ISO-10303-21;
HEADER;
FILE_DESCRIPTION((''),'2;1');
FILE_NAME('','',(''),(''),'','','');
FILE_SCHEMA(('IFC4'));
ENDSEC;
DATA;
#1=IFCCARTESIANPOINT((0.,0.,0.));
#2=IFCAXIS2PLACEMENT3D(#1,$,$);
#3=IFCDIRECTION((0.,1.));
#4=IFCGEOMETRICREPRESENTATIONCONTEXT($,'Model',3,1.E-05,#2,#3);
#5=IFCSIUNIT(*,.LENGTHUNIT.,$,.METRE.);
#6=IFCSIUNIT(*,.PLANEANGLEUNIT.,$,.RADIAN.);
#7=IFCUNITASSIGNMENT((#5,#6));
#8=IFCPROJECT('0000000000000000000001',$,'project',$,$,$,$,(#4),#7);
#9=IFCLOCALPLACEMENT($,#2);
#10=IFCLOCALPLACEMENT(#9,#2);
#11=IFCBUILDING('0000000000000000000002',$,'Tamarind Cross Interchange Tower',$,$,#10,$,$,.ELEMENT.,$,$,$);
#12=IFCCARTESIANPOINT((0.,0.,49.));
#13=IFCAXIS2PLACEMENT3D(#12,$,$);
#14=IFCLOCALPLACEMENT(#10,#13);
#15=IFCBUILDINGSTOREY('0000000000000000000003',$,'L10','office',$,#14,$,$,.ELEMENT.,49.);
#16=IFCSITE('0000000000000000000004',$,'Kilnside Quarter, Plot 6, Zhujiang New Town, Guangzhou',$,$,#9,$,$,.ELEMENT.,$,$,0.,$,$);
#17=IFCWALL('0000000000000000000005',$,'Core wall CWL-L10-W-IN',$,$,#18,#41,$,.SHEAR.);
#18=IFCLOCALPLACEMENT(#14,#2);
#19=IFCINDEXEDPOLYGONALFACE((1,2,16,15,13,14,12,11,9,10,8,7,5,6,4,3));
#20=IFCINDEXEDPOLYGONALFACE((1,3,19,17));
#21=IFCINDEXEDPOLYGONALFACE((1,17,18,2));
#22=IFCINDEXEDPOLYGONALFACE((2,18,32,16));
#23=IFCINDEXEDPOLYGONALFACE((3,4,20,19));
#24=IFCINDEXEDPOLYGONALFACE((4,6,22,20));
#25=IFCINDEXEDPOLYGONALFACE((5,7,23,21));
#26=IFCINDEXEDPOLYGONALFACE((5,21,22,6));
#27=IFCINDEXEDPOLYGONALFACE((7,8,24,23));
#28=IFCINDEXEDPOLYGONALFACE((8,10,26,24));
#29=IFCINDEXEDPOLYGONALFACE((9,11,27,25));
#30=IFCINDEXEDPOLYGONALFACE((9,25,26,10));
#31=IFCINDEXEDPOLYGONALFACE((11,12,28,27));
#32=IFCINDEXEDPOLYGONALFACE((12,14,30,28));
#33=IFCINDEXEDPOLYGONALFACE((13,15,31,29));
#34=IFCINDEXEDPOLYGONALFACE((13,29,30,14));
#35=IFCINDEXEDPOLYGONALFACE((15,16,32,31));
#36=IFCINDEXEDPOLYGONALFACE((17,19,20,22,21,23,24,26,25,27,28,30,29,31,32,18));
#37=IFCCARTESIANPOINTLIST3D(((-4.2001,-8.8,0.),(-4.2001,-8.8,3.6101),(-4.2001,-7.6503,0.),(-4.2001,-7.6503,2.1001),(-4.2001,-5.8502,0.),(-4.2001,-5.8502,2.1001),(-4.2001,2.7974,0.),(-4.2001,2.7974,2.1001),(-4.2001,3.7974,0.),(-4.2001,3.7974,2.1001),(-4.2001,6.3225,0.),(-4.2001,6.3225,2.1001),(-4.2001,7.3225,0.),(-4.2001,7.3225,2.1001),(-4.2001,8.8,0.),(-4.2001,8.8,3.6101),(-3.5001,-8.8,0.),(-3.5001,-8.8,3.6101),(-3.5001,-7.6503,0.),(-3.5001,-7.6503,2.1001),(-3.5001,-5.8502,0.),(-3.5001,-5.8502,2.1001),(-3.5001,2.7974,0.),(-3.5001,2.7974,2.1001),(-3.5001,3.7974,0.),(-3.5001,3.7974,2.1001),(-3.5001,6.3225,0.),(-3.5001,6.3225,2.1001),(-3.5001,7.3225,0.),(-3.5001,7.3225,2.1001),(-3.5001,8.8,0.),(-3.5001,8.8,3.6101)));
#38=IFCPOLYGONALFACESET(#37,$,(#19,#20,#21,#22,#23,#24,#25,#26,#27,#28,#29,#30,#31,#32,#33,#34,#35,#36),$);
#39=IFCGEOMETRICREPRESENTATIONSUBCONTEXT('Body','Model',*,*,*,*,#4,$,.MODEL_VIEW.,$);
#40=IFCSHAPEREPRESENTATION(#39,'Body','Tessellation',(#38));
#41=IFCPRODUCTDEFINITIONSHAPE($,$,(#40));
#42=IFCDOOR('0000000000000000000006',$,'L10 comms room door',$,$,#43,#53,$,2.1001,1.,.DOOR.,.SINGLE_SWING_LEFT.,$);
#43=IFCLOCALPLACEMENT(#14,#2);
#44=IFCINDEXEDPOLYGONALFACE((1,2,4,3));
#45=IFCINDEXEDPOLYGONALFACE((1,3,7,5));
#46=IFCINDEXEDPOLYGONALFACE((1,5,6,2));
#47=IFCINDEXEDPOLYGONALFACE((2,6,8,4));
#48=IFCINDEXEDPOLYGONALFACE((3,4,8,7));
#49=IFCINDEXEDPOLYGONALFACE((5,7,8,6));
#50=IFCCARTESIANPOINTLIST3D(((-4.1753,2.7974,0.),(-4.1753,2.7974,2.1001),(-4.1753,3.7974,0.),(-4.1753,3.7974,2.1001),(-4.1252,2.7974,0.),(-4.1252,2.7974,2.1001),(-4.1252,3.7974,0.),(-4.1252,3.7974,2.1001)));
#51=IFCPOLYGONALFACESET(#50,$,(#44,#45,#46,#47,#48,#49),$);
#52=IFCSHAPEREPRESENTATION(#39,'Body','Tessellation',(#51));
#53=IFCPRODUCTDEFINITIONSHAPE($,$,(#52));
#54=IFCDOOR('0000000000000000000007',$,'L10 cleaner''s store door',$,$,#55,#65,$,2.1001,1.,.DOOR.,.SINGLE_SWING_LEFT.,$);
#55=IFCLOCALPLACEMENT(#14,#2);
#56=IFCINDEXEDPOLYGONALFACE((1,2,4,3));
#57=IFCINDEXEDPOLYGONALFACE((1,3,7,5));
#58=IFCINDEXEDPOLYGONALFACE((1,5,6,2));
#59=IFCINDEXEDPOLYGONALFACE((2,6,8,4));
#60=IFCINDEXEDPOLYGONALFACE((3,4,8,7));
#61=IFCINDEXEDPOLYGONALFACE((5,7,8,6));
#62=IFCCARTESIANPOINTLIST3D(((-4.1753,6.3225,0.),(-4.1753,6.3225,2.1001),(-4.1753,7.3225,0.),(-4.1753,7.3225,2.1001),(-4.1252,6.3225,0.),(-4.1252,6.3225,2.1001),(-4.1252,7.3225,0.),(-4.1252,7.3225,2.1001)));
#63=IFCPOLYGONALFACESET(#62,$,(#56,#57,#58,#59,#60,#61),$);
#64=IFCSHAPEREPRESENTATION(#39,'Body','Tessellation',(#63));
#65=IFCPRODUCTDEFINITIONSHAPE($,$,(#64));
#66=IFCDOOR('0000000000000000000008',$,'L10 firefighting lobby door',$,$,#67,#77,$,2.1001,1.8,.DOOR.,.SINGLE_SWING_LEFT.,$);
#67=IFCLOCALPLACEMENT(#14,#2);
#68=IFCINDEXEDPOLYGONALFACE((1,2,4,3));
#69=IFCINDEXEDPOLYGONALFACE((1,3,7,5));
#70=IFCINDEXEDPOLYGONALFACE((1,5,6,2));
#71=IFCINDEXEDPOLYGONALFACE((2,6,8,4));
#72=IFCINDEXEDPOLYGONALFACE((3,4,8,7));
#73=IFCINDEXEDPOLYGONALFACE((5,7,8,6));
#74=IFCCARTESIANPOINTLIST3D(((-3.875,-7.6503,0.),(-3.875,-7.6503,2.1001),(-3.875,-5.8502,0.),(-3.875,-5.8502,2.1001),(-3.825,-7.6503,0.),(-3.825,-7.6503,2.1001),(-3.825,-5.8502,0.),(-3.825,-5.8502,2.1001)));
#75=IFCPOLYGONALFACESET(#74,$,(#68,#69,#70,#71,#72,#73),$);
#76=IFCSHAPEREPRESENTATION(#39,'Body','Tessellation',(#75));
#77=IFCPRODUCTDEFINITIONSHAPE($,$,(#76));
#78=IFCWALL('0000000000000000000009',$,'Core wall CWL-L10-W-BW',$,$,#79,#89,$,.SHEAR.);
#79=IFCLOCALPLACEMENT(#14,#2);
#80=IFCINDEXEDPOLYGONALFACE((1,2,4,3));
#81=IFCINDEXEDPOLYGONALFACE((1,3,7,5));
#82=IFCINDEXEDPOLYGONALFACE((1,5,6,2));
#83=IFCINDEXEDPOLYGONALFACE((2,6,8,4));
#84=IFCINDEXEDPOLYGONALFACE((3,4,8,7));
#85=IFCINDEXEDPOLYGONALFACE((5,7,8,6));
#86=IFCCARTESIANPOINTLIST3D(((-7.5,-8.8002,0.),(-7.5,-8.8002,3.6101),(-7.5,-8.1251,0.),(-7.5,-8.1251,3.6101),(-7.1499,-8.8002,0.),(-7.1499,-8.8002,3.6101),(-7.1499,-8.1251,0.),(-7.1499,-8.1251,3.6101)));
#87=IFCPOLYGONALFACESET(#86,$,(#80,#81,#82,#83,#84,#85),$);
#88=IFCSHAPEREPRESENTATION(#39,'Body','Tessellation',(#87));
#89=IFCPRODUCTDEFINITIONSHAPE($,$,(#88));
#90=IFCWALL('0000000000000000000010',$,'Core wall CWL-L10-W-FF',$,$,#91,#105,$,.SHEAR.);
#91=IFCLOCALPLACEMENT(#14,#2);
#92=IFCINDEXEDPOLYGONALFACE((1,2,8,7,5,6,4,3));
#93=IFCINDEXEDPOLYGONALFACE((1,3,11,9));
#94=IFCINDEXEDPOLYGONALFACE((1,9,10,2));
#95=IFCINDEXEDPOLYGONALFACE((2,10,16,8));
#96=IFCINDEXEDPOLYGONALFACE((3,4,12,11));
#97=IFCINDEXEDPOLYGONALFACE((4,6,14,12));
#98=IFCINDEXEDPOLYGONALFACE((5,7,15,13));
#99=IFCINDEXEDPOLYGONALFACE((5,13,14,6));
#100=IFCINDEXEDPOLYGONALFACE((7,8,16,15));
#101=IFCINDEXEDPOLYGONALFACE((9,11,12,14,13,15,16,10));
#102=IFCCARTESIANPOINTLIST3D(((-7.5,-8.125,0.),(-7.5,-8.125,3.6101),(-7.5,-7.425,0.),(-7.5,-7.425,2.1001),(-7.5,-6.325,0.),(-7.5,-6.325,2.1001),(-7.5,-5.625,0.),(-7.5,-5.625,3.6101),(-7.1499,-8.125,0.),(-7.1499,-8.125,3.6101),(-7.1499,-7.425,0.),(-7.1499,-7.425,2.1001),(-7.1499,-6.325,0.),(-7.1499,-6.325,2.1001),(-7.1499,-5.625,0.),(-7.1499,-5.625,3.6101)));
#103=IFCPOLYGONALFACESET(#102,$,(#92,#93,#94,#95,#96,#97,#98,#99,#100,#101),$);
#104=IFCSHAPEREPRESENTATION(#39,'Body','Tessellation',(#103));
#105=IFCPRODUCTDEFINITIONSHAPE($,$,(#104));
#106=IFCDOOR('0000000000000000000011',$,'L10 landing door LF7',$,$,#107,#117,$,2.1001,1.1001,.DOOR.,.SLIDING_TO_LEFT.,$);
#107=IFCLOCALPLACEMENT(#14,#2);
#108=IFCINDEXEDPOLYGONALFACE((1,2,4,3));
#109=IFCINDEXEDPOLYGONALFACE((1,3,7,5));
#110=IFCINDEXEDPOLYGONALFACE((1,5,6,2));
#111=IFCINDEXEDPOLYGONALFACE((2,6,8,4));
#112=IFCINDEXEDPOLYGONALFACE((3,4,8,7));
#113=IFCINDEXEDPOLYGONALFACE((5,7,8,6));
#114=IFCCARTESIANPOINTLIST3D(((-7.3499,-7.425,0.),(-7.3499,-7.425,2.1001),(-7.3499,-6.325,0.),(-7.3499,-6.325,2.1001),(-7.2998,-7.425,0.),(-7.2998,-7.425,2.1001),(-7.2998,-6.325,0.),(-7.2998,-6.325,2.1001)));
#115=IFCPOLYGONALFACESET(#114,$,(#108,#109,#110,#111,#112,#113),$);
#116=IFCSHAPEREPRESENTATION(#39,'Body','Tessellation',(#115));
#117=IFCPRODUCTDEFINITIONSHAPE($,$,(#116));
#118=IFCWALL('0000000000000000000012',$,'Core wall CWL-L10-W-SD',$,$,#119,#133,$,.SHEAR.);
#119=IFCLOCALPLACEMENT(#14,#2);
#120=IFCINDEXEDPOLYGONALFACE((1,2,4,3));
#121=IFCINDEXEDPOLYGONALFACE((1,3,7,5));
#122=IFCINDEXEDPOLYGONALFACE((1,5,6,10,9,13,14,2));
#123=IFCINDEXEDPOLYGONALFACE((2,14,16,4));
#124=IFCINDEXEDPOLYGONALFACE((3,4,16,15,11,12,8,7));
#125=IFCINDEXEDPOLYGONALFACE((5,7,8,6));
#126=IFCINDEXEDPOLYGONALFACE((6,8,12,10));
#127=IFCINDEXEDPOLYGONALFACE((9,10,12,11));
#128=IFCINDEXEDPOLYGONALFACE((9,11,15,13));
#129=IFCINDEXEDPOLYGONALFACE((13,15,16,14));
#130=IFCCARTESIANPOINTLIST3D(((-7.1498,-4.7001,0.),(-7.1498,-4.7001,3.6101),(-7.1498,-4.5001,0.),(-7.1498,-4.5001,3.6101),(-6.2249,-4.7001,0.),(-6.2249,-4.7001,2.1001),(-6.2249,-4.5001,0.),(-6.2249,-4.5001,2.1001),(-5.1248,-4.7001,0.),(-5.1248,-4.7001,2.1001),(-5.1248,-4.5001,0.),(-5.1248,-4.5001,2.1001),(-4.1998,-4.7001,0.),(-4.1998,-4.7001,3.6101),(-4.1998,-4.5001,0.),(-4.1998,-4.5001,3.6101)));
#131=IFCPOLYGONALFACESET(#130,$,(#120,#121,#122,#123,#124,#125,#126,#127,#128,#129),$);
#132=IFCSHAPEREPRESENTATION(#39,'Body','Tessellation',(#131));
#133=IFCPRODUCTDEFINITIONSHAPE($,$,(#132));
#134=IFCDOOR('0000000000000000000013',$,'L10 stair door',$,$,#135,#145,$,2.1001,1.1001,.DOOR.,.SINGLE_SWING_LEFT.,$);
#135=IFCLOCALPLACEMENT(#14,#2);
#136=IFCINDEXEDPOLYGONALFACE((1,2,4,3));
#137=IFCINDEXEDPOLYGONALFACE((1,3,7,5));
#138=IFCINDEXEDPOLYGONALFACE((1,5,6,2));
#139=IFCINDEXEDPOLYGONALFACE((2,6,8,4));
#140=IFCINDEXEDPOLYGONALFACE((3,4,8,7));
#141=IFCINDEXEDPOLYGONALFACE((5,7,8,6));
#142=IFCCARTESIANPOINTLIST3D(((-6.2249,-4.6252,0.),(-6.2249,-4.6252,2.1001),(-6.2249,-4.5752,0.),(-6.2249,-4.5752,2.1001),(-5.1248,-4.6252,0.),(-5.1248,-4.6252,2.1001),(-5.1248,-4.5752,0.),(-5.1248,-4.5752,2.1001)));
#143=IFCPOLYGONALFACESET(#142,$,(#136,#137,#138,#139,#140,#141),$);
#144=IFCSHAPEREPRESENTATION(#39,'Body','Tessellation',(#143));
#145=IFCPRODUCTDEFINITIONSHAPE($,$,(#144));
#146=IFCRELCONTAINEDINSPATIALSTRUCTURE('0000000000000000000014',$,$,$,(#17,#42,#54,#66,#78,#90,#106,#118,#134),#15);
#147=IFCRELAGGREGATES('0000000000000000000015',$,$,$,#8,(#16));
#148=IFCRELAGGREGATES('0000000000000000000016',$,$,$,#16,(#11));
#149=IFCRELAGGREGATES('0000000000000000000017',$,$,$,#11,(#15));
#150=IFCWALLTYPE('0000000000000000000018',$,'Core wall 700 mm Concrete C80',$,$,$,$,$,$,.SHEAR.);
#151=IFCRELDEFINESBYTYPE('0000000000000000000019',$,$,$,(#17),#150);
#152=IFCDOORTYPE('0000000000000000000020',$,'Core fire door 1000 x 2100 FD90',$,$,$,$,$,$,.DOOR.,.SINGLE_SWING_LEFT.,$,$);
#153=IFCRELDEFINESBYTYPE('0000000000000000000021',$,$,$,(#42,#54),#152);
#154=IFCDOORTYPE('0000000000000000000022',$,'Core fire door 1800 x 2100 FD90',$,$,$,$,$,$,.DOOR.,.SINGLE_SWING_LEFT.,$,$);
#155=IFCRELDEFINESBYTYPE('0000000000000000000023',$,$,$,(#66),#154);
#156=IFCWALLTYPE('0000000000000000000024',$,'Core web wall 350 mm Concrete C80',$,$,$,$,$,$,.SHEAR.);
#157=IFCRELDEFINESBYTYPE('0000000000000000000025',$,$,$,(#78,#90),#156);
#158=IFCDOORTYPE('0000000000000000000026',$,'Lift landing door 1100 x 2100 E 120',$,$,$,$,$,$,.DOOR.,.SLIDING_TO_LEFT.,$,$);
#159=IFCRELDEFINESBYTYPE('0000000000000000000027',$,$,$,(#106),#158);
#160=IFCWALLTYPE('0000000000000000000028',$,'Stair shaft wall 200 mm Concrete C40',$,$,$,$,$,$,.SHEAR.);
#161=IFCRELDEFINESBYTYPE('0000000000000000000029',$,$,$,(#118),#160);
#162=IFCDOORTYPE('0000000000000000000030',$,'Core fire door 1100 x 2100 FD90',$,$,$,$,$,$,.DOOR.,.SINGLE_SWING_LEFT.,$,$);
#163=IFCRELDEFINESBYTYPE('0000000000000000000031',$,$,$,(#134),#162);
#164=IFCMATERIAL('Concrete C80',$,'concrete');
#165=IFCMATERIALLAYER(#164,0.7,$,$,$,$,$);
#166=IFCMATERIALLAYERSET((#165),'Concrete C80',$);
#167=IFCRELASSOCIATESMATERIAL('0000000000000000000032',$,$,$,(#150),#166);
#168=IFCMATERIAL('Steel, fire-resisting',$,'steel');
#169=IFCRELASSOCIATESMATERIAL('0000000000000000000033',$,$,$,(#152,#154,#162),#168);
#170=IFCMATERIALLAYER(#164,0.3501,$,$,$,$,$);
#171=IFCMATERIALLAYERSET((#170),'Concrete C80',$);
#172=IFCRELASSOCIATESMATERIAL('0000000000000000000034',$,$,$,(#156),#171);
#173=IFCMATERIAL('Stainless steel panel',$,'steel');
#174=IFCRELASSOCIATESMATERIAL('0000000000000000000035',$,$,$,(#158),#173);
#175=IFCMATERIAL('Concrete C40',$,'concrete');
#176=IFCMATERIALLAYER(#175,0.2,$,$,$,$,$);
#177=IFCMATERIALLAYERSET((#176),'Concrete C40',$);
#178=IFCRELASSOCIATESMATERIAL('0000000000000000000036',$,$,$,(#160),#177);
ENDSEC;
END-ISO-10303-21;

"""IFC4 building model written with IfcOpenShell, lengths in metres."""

from ifc_helpers import new_model, si_unit, direction, frame, frame_2d, origin, place, context, subcontext, project, spatial, rectangle, extrude, material, layer, layer_set, type_object, element, fill, save


model = new_model("IFC4")

# Units and contexts
model_context = context("Model", 3, precision=1e-05, world=origin(), true_north=direction((0.0, 1.0)))
body_context = subcontext(model_context, "Body", "Model", "MODEL_VIEW")
ifc_project = project(units=[si_unit("LENGTHUNIT", "METRE"), si_unit("PLANEANGLEUNIT", "RADIAN")], contexts=[model_context])

# Site, building, storey
site_placement = place(None, origin())
site = spatial("IfcSite", under=ifc_project, at=site_placement, Name="Kilnside Quarter, Plot 6, Zhujiang New Town, Guangzhou", CompositionType="ELEMENT", RefElevation=0.0)
building_placement = place(site_placement, origin())
building = spatial("IfcBuilding", under=site, at=building_placement, Name="Tamarind Cross Interchange Tower", CompositionType="ELEMENT")
storey_placement = place(building_placement, frame((0.0, 0.0, 49.0)))
storey = spatial("IfcBuildingStorey", under=building, at=storey_placement, Name="L10", Description="office", CompositionType="ELEMENT", Elevation=49.0)

# Wall, openings, doors
ifc_material_1 = material(Name="Concrete C80", Category="concrete")
ifc_layer_1 = layer(ifc_material_1, 0.7)
ifc_layer_set_1 = layer_set([ifc_layer_1], Name="Concrete C80")
wall_type_1 = type_object("IfcWallType", Name="Core wall 700 mm Concrete C80", PredefinedType="SHEAR", material=ifc_layer_set_1)
wall_1_placement = place(storey_placement, frame((-3.8501, -8.8, 0.0), z_axis=(0.0, 0.0, 1.0), x_axis=(0.0, 1.0, 0.0)))
wall_1 = element("IfcWall", 1, at=wall_1_placement, inside=storey, type_object=wall_type_1, Name="Core wall CWL-L10-W-IN", PredefinedType="SHEAR", context=body_context, shape_type="SweptSolid", body=[
    extrude(rectangle(XDim=17.6001, YDim=0.7, at=frame_2d((8.8, 0.0))), origin(), (0.0, 0.0, 1.0), 3.6101),
])
opening_1_placement = place(wall_1_placement, frame((1.1499, 0.0, 0.0)))
opening_1 = element("IfcOpeningElement", 2, at=opening_1_placement, cuts=wall_1, PredefinedType="OPENING", context=body_context, shape_type="SweptSolid", body=[
    extrude(rectangle(XDim=1.8, YDim=2.1001, at=frame_2d((0.8999, 1.05))), frame((0.0, 0.3599, 0.0), z_axis=(0.0, -1.0, 0.0), x_axis=(1.0, 0.0, 0.0)), (0.0, 0.0, 1.0), 0.72),
])
opening_2_placement = place(wall_1_placement, frame((11.5974, 0.0, 0.0)))
opening_2 = element("IfcOpeningElement", 3, at=opening_2_placement, cuts=wall_1, PredefinedType="OPENING", context=body_context, shape_type="SweptSolid", body=[
    extrude(rectangle(XDim=1.0, YDim=2.1001, at=frame_2d((0.5, 1.05))), frame((0.0, 0.3599, 0.0), z_axis=(0.0, -1.0, 0.0), x_axis=(1.0, 0.0, 0.0)), (0.0, 0.0, 1.0), 0.72),
])
opening_3_placement = place(wall_1_placement, frame((15.1226, 0.0, 0.0)))
opening_3 = element("IfcOpeningElement", 4, at=opening_3_placement, cuts=wall_1, PredefinedType="OPENING", context=body_context, shape_type="SweptSolid", body=[
    extrude(rectangle(XDim=1.0, YDim=2.1001, at=frame_2d((0.5, 1.05))), frame((0.0, 0.3599, 0.0), z_axis=(0.0, -1.0, 0.0), x_axis=(1.0, 0.0, 0.0)), (0.0, 0.0, 1.0), 0.72),
])
ifc_material_2 = material(Name="Steel, fire-resisting", Category="steel")
door_type_1 = type_object("IfcDoorType", Name="Core fire door 1000 x 2100 FD90", OperationType="SINGLE_SWING_LEFT", PredefinedType="DOOR", material=ifc_material_2)
door_1_placement = place(opening_2_placement, origin())
door_1 = element("IfcDoor", 5, at=door_1_placement, inside=storey, type_object=door_type_1, Name="L10 comms room door", OperationType="SINGLE_SWING_LEFT", OverallHeight=2.1001, OverallWidth=1.0, PredefinedType="DOOR", context=body_context, shape_type="SweptSolid", body=[
    extrude(rectangle(XDim=1.0, YDim=2.1001, at=frame_2d((0.5, 1.05))), frame((0.0, 0.3252, 0.0), z_axis=(0.0, -1.0, 0.0), x_axis=(1.0, 0.0, 0.0)), (0.0, 0.0, 1.0), 0.05),
])
fill(opening_2, door_1)
door_2_placement = place(opening_3_placement, origin())
door_2 = element("IfcDoor", 6, at=door_2_placement, inside=storey, type_object=door_type_1, Name="L10 cleaner's store door", OperationType="SINGLE_SWING_LEFT", OverallHeight=2.1001, OverallWidth=1.0, PredefinedType="DOOR", context=body_context, shape_type="SweptSolid", body=[
    extrude(rectangle(XDim=1.0, YDim=2.1001, at=frame_2d((0.5, 1.05))), frame((0.0, 0.3252, 0.0), z_axis=(0.0, -1.0, 0.0), x_axis=(1.0, 0.0, 0.0)), (0.0, 0.0, 1.0), 0.05),
])
fill(opening_3, door_2)
door_type_2 = type_object("IfcDoorType", Name="Core fire door 1800 x 2100 FD90", OperationType="SINGLE_SWING_LEFT", PredefinedType="DOOR", material=ifc_material_2)
door_3_placement = place(opening_1_placement, origin())
door_3 = element("IfcDoor", 7, at=door_3_placement, inside=storey, type_object=door_type_2, Name="L10 firefighting lobby door", OperationType="SINGLE_SWING_LEFT", OverallHeight=2.1001, OverallWidth=1.8, PredefinedType="DOOR", context=body_context, shape_type="SweptSolid", body=[
    extrude(rectangle(XDim=1.8, YDim=2.1001, at=frame_2d((0.8999, 1.05))), frame((0.0, 0.0249, 0.0), z_axis=(0.0, -1.0, 0.0), x_axis=(1.0, 0.0, 0.0)), (0.0, 0.0, 1.0), 0.05),
])
fill(opening_1, door_3)

# Wall
ifc_layer_2 = layer(ifc_material_1, 0.3501)
ifc_layer_set_2 = layer_set([ifc_layer_2], Name="Concrete C80")
wall_type_2 = type_object("IfcWallType", Name="Core web wall 350 mm Concrete C80", PredefinedType="SHEAR", material=ifc_layer_set_2)
wall_2_placement = place(storey_placement, frame((-7.325, -8.8, 0.0), z_axis=(0.0, 0.0, 1.0), x_axis=(0.0, 1.0, 0.0)))
element("IfcWall", 8, at=wall_2_placement, inside=storey, type_object=wall_type_2, Name="Core wall CWL-L10-W-BW", PredefinedType="SHEAR", context=body_context, shape_type="SweptSolid", body=[
    extrude(rectangle(XDim=0.675, YDim=0.3501, at=frame_2d((0.3374, 0.0))), origin(), (0.0, 0.0, 1.0), 3.6101),
])

# Walls, openings, doors
wall_3_placement = place(storey_placement, frame((-7.325, -8.125, 0.0), z_axis=(0.0, 0.0, 1.0), x_axis=(0.0, 1.0, 0.0)))
wall_3 = element("IfcWall", 9, at=wall_3_placement, inside=storey, type_object=wall_type_2, Name="Core wall CWL-L10-W-FF", PredefinedType="SHEAR", context=body_context, shape_type="SweptSolid", body=[
    extrude(rectangle(XDim=2.5, YDim=0.3501, at=frame_2d((1.25, 0.0))), origin(), (0.0, 0.0, 1.0), 3.6101),
])
opening_4_placement = place(wall_3_placement, frame((0.7, 0.0, 0.0)))
opening_4 = element("IfcOpeningElement", 10, at=opening_4_placement, cuts=wall_3, PredefinedType="OPENING", context=body_context, shape_type="SweptSolid", body=[
    extrude(rectangle(XDim=1.1001, YDim=2.1001, at=frame_2d((0.55, 1.05))), frame((0.0, 0.1851, 0.0), z_axis=(0.0, -1.0, 0.0), x_axis=(1.0, 0.0, 0.0)), (0.0, 0.0, 1.0), 0.3701),
])
ifc_material_3 = material(Name="Stainless steel panel", Category="steel")
door_type_3 = type_object("IfcDoorType", Name="Lift landing door 1100 x 2100 E 120", OperationType="SLIDING_TO_LEFT", PredefinedType="DOOR", material=ifc_material_3)
door_4_placement = place(opening_4_placement, origin())
door_4 = element("IfcDoor", 11, at=door_4_placement, inside=storey, type_object=door_type_3, Name="L10 landing door LF7", OperationType="SLIDING_TO_LEFT", OverallHeight=2.1001, OverallWidth=1.1001, PredefinedType="DOOR", context=body_context, shape_type="SweptSolid", body=[
    extrude(rectangle(XDim=1.1001, YDim=2.1001, at=frame_2d((0.55, 1.05))), frame((0.0, 0.0249, 0.0), z_axis=(0.0, -1.0, 0.0), x_axis=(1.0, 0.0, 0.0)), (0.0, 0.0, 1.0), 0.05),
])
fill(opening_4, door_4)
ifc_material_4 = material(Name="Concrete C40", Category="concrete")
ifc_layer_3 = layer(ifc_material_4, 0.2)
ifc_layer_set_3 = layer_set([ifc_layer_3], Name="Concrete C40")
wall_type_3 = type_object("IfcWallType", Name="Stair shaft wall 200 mm Concrete C40", PredefinedType="SHEAR", material=ifc_layer_set_3)
wall_4_placement = place(storey_placement, frame((-7.1499, -4.6001, 0.0), z_axis=(0.0, 0.0, 1.0), x_axis=(1.0, 0.0, 0.0)))
wall_4 = element("IfcWall", 12, at=wall_4_placement, inside=storey, type_object=wall_type_3, Name="Core wall CWL-L10-W-SD", PredefinedType="SHEAR", context=body_context, shape_type="SweptSolid", body=[
    extrude(rectangle(XDim=2.95, YDim=0.2, at=frame_2d((1.4751, 0.0))), origin(), (0.0, 0.0, 1.0), 3.6101),
])
opening_5_placement = place(wall_4_placement, frame((0.925, 0.0, 0.0)))
opening_5 = element("IfcOpeningElement", 13, at=opening_5_placement, cuts=wall_4, PredefinedType="OPENING", context=body_context, shape_type="SweptSolid", body=[
    extrude(rectangle(XDim=1.1001, YDim=2.1001, at=frame_2d((0.55, 1.05))), frame((0.0, 0.1099, 0.0), z_axis=(0.0, -1.0, 0.0), x_axis=(1.0, 0.0, 0.0)), (0.0, 0.0, 1.0), 0.22),
])
door_type_4 = type_object("IfcDoorType", Name="Core fire door 1100 x 2100 FD90", OperationType="SINGLE_SWING_LEFT", PredefinedType="DOOR", material=ifc_material_2)
door_5_placement = place(opening_5_placement, origin())
door_5 = element("IfcDoor", 14, at=door_5_placement, inside=storey, type_object=door_type_4, Name="L10 stair door", OperationType="SINGLE_SWING_LEFT", OverallHeight=2.1001, OverallWidth=1.1001, PredefinedType="DOOR", context=body_context, shape_type="SweptSolid", body=[
    extrude(rectangle(XDim=1.1001, YDim=2.1001, at=frame_2d((0.55, 1.05))), frame((0.0, 0.0249, 0.0), z_axis=(0.0, -1.0, 0.0), x_axis=(1.0, 0.0, 0.0)), (0.0, 0.0, 1.0), 0.05),
])
fill(opening_5, door_5)

save(model, "model.ifc")
